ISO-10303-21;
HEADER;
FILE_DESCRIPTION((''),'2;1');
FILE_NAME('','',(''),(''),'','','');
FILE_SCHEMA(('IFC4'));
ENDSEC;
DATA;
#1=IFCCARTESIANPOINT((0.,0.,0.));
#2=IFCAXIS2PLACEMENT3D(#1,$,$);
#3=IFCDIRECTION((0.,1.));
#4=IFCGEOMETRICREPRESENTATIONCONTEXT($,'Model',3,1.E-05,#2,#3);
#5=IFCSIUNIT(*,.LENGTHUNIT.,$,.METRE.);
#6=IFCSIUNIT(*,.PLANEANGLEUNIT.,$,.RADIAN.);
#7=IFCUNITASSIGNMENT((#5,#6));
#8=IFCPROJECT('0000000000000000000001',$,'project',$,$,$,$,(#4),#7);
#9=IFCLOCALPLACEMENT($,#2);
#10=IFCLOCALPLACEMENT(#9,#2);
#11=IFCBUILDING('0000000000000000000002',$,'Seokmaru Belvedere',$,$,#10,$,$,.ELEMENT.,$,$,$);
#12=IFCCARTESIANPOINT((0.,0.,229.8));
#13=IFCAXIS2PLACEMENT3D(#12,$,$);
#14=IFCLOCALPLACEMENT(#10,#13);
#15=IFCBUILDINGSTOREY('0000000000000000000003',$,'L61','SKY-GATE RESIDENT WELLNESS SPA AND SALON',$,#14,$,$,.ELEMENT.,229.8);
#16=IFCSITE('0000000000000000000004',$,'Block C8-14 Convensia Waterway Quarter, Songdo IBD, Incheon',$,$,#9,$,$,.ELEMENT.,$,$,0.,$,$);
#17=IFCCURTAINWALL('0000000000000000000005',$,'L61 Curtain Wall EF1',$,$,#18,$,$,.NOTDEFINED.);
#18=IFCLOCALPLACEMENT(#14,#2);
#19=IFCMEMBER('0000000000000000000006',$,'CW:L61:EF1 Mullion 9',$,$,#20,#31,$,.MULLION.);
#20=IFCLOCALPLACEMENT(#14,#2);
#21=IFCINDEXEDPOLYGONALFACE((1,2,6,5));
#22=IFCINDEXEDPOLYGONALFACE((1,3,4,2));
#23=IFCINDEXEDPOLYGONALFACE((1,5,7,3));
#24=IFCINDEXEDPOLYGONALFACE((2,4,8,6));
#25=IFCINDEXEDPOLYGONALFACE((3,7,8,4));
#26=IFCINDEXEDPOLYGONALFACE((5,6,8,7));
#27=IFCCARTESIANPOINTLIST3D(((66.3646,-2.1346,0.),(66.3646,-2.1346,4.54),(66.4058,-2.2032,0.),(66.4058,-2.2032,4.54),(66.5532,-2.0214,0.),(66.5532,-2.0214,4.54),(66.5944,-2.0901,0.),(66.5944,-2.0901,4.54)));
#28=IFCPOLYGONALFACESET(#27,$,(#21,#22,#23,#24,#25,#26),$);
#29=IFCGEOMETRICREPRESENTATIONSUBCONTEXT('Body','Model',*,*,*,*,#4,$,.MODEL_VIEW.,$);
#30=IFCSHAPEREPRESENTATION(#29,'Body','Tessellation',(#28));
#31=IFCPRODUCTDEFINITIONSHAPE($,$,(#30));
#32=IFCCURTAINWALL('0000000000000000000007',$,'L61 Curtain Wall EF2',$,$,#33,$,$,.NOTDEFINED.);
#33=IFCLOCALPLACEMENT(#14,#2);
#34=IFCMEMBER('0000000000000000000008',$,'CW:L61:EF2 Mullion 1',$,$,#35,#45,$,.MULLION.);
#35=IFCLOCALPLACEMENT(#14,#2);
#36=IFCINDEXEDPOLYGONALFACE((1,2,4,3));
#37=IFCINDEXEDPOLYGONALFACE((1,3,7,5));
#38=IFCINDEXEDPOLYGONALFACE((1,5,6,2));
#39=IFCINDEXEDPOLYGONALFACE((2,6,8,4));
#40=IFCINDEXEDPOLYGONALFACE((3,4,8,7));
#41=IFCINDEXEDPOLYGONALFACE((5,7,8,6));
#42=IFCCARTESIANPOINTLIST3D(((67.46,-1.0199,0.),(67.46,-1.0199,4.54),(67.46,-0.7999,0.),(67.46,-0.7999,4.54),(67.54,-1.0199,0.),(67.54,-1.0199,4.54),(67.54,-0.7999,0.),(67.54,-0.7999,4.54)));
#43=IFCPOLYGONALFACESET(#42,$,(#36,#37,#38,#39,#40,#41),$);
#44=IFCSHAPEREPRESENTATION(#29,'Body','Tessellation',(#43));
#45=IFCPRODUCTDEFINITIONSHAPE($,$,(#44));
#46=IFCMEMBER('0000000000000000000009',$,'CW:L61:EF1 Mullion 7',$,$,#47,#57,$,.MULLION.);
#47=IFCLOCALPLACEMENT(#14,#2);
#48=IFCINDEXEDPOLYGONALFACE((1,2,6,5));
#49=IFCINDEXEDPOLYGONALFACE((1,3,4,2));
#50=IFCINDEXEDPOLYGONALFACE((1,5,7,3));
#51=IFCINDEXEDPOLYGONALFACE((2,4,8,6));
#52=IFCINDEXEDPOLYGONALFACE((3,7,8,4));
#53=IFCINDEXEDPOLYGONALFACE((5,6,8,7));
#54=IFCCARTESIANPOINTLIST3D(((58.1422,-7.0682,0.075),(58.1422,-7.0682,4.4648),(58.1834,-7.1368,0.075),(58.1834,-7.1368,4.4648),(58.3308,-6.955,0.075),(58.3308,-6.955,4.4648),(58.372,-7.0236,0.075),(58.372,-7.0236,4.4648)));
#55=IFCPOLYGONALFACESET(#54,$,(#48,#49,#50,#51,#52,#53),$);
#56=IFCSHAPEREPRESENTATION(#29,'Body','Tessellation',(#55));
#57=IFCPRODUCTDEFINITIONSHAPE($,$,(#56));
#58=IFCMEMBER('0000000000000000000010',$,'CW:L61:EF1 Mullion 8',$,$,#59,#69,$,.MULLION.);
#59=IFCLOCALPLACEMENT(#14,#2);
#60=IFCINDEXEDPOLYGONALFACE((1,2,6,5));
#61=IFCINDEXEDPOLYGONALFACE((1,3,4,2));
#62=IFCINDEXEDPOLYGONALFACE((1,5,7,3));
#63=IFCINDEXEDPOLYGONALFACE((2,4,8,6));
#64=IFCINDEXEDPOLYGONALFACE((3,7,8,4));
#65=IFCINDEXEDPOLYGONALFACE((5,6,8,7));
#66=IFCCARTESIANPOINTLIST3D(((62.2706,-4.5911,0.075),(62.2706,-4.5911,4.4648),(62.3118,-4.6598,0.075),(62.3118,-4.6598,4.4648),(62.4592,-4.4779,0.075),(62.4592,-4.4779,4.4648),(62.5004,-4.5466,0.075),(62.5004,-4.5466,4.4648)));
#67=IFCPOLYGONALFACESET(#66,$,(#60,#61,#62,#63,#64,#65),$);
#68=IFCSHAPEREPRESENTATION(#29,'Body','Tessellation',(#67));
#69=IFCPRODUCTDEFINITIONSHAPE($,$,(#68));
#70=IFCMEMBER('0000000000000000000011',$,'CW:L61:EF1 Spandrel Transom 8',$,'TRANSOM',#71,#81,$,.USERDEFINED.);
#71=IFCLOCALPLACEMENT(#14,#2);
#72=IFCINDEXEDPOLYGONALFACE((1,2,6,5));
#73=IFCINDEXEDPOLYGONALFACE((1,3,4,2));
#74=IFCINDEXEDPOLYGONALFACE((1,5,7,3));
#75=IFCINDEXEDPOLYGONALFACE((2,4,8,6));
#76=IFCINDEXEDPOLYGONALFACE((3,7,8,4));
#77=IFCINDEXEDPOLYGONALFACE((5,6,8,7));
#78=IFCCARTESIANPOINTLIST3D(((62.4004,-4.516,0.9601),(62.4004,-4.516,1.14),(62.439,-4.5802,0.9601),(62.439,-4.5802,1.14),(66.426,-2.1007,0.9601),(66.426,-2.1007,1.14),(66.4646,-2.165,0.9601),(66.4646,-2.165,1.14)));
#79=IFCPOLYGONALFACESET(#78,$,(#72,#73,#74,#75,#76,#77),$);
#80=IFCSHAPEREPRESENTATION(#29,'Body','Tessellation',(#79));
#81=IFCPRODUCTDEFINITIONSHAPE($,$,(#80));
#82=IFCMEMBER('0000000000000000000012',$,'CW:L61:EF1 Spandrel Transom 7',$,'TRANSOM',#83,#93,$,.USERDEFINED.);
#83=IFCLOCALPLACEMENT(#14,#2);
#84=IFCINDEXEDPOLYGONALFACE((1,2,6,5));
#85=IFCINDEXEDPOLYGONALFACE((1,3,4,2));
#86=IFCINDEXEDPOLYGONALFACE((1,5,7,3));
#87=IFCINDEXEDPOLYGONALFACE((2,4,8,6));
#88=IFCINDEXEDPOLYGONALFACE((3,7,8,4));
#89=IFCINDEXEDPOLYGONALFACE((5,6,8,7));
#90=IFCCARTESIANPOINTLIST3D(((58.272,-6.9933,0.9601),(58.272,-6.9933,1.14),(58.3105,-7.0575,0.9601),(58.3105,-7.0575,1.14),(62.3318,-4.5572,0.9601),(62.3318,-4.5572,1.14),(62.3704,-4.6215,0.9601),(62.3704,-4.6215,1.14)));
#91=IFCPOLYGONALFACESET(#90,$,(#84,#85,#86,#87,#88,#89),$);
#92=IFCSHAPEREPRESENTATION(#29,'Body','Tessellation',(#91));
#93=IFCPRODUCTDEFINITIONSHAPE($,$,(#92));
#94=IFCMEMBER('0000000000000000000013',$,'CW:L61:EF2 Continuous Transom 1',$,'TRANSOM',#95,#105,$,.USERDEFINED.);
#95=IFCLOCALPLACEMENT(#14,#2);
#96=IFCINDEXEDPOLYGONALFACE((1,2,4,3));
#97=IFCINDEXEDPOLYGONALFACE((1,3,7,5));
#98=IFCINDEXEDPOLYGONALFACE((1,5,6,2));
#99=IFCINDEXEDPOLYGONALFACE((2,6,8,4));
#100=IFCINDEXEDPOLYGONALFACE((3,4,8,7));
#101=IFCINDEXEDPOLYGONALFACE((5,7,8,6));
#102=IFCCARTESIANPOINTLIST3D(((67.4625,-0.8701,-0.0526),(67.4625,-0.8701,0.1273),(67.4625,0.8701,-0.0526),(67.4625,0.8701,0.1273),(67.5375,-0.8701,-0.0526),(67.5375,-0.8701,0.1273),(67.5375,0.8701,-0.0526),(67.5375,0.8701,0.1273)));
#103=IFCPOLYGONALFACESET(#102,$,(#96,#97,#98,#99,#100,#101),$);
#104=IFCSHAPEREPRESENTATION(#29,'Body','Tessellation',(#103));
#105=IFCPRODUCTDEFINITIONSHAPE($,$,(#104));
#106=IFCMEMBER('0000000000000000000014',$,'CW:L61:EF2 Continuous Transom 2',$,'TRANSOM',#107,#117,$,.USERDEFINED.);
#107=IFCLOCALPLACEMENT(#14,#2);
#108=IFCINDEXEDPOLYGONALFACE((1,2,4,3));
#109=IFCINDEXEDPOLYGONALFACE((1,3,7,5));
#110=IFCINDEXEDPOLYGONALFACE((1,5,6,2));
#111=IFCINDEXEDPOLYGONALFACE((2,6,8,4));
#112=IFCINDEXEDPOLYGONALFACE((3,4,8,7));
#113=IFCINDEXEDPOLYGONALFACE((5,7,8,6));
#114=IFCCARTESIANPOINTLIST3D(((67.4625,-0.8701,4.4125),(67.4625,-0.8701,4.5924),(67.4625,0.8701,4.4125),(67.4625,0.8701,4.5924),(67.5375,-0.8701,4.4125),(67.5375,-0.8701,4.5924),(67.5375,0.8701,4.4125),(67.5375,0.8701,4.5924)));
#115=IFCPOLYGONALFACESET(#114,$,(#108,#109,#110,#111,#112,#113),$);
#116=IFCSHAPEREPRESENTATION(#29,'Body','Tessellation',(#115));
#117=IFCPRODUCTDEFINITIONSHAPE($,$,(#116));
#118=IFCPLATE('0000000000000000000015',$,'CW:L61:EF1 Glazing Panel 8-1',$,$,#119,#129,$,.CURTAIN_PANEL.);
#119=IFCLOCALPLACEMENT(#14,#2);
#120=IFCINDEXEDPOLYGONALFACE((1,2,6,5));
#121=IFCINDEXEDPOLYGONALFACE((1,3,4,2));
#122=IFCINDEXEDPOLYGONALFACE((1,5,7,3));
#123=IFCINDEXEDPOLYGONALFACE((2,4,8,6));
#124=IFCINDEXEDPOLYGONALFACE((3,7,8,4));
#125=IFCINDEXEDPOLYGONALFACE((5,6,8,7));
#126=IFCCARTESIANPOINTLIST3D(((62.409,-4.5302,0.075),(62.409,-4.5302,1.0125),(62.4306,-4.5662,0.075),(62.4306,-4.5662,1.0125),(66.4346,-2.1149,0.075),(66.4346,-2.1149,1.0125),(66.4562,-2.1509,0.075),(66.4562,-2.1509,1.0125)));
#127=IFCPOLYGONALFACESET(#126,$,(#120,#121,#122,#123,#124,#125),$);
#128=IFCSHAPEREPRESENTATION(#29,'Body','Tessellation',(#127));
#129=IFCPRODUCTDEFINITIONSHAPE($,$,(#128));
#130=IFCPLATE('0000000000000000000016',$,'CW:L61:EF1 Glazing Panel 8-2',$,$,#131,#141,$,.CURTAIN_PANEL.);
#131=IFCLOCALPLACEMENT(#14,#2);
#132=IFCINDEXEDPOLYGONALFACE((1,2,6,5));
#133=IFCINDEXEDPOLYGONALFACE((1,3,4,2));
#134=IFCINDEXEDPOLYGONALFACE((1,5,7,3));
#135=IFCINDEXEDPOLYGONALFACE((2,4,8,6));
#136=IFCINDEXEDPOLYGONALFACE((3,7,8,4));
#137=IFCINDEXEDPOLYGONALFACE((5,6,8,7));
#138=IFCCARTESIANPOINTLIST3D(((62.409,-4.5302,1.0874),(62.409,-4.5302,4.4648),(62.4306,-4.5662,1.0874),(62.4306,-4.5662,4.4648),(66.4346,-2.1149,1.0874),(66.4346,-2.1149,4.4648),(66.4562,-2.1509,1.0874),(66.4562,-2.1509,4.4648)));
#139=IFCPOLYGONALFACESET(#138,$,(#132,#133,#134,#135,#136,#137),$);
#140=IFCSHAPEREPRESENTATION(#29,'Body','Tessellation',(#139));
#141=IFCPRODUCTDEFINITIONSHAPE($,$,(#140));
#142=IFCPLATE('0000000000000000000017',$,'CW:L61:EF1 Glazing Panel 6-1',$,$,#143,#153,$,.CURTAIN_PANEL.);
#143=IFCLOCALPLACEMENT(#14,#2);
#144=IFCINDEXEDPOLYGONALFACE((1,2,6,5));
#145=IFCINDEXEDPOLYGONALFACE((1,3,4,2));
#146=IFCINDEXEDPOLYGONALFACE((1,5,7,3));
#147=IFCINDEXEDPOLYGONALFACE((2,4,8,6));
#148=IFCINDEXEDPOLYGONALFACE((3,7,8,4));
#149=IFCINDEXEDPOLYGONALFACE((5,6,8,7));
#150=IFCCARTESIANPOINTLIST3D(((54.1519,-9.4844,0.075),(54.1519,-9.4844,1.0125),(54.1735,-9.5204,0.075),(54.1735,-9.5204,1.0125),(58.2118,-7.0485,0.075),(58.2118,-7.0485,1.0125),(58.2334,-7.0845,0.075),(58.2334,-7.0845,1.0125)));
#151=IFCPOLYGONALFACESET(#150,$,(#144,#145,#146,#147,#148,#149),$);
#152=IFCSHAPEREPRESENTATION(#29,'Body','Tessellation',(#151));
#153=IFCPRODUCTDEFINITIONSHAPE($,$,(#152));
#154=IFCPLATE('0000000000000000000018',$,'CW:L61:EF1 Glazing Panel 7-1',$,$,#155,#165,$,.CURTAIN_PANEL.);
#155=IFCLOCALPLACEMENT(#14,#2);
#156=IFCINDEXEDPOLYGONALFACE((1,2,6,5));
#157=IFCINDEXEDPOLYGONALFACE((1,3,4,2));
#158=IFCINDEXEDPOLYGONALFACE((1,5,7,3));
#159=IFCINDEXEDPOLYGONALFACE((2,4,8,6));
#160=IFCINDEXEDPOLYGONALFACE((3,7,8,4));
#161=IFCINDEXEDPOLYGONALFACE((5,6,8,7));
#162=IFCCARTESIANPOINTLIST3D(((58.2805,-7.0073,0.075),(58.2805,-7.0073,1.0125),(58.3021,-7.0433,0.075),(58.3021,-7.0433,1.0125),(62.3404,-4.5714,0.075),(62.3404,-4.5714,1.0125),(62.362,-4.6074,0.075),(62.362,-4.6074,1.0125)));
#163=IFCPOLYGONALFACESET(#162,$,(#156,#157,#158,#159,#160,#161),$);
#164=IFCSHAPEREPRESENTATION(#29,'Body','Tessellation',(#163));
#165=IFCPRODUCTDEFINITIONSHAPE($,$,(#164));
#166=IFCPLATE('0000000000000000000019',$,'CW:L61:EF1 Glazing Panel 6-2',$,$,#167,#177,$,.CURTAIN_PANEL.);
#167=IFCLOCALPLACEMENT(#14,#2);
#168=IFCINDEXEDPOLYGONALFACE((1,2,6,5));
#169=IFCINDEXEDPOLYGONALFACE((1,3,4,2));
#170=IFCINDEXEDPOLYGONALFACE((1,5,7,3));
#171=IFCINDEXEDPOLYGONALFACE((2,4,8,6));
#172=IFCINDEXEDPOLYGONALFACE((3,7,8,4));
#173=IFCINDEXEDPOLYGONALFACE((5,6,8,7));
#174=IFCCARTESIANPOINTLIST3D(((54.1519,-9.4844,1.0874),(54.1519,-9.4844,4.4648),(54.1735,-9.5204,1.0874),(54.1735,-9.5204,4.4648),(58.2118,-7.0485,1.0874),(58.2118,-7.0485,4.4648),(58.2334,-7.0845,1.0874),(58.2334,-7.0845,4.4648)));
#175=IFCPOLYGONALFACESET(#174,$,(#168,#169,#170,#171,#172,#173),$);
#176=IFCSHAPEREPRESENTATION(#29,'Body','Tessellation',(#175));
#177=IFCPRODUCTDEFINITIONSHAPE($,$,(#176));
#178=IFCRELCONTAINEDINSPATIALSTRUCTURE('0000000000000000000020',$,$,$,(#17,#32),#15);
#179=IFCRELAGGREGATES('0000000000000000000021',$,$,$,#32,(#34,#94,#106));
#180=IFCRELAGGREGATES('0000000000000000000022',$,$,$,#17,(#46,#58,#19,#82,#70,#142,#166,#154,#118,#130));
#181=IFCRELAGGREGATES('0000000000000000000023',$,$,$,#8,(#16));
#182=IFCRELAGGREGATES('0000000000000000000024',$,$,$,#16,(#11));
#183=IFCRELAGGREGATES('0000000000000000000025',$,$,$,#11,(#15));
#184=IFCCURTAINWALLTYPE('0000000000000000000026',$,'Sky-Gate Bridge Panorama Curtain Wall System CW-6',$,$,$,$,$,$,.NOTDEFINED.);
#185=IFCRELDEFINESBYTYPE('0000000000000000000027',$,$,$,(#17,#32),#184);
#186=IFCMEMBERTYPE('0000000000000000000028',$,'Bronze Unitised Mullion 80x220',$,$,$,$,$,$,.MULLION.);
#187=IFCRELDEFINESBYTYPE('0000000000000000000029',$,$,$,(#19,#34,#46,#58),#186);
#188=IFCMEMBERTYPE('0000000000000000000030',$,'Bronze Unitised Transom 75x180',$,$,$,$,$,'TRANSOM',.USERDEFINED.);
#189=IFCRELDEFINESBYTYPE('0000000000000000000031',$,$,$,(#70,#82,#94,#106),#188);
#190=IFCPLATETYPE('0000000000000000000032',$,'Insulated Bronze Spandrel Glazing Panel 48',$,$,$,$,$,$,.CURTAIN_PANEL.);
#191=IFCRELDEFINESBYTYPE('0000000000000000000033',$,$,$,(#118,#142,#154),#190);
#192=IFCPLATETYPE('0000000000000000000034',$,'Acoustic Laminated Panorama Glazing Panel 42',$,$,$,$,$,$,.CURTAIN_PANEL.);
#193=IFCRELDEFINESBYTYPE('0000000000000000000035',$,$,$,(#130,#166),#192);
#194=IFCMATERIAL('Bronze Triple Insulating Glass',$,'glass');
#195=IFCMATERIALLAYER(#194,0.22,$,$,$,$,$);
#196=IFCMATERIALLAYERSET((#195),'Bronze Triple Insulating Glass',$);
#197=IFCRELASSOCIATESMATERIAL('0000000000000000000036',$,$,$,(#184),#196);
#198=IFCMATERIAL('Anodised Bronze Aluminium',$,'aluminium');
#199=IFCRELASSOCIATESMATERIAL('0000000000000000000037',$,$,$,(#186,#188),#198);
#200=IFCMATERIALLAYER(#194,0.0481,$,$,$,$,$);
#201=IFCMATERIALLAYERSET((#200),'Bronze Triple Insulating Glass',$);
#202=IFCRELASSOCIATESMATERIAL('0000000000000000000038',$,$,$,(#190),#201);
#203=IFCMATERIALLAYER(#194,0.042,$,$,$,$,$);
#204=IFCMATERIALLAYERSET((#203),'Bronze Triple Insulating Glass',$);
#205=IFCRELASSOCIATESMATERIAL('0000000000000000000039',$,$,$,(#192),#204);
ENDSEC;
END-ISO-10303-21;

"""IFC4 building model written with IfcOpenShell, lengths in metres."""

from ifc_helpers import new_model, si_unit, direction, frame, origin, origin_2d, place, context, subcontext, project, spatial, rectangle, extrude, source, transform, mapped, material, layer, layer_set, material_profile, profile_set, type_object, type_shapes, element, aggregate, save


model = new_model("IFC4")

# Units and contexts
model_context = context("Model", 3, precision=1e-05, world=origin(), true_north=direction((0.0, 1.0)))
body_context = subcontext(model_context, "Body", "Model", "MODEL_VIEW")
ifc_project = project(units=[si_unit("LENGTHUNIT", "METRE"), si_unit("PLANEANGLEUNIT", "RADIAN")], contexts=[model_context])

# Site, building, storey
site_placement = place(None, origin())
site = spatial("IfcSite", under=ifc_project, at=site_placement, Name="Block C8-14 Convensia Waterway Quarter, Songdo IBD, Incheon", CompositionType="ELEMENT", RefElevation=0.0)
building_placement = place(site_placement, origin())
building = spatial("IfcBuilding", under=site, at=building_placement, Name="Seokmaru Belvedere", CompositionType="ELEMENT")
storey_placement = place(building_placement, frame((0.0, 0.0, 229.8)))
storey = spatial("IfcBuildingStorey", under=building, at=storey_placement, Name="L61", Description="SKY-GATE RESIDENT WELLNESS SPA AND SALON", CompositionType="ELEMENT", Elevation=229.8)

# Curtain walls, members
ifc_material_1 = material(Name="Bronze Triple Insulating Glass", Category="glass")
ifc_layer_1 = layer(ifc_material_1, 0.22)
ifc_layer_set_1 = layer_set([ifc_layer_1], Name="Bronze Triple Insulating Glass")
curtain_wall_type = type_object("IfcCurtainWallType", Name="Sky-Gate Bridge Panorama Curtain Wall System CW-6", PredefinedType="NOTDEFINED", material=ifc_layer_set_1)
curtain_wall_1_placement = place(storey_placement, origin())
curtain_wall_1 = element("IfcCurtainWall", 1, at=curtain_wall_1_placement, inside=storey, type_object=curtain_wall_type, Name="L61 Curtain Wall EF1", PredefinedType="NOTDEFINED")
ifc_material_2 = material(Name="Anodised Bronze Aluminium", Category="aluminium")
ifc_material_profile_1 = material_profile(ifc_material_2, rectangle(XDim=0.0801, YDim=0.22, at=origin_2d()), Name="CW-M-80x220")
ifc_profile_set_1 = profile_set([ifc_material_profile_1], Name="Anodised Bronze Aluminium")
member_type_1 = type_object("IfcMemberType", Name="Bronze Unitised Mullion 80x220", PredefinedType="MULLION", material=ifc_profile_set_1)
shared_shape_1 = source(origin(), body_context, "Body", "SweptSolid", [
    extrude(rectangle(XDim=0.0801, YDim=0.22, at=origin_2d()), origin(), (0.0, 0.0, 1.0), 4.54),
])
member_1_placement = place(storey_placement, frame((66.4795, -2.1123, 0.0), z_axis=(0.0, 0.0, 1.0), x_axis=(-0.514495, 0.857493, 0.0)))
member_1 = element("IfcMember", 2, at=member_1_placement, type_object=member_type_1, Name="CW:L61:EF1 Mullion 9", PredefinedType="MULLION", context=body_context, shape_type="MappedRepresentation", body=[
    mapped(shared_shape_1, transform((0.0, 0.0, 0.0), scale=1.0)),
])
curtain_wall_2_placement = place(storey_placement, origin())
curtain_wall_2 = element("IfcCurtainWall", 3, at=curtain_wall_2_placement, inside=storey, type_object=curtain_wall_type, Name="L61 Curtain Wall EF2", PredefinedType="NOTDEFINED")
member_2_placement = place(storey_placement, frame((67.5, -0.9099, 0.0), z_axis=(0.0, 0.0, 1.0), x_axis=(-1.0, 0.0, 0.0)))
member_2 = element("IfcMember", 4, at=member_2_placement, type_object=member_type_1, Name="CW:L61:EF2 Mullion 1", PredefinedType="MULLION", context=body_context, shape_type="MappedRepresentation", body=[
    mapped(shared_shape_1, transform((0.0, 0.0, 0.0), scale=1.0)),
])

# Members
shared_shape_2 = source(origin(), body_context, "Body", "SweptSolid", [
    extrude(rectangle(XDim=0.0801, YDim=0.22, at=origin_2d()), origin(), (0.0, 0.0, 1.0), 4.3899),
])
type_shapes(member_type_1, [shared_shape_1, shared_shape_2])
member_3_placement = place(storey_placement, frame((58.2571, -7.0459, 0.075), z_axis=(0.0, 0.0, 1.0), x_axis=(-0.514495, 0.857493, 0.0)))
member_3 = element("IfcMember", 5, at=member_3_placement, type_object=member_type_1, Name="CW:L61:EF1 Mullion 7", PredefinedType="MULLION", context=body_context, shape_type="MappedRepresentation", body=[
    mapped(shared_shape_2, transform((0.0, 0.0, 0.0), scale=1.0)),
])
member_4_placement = place(storey_placement, frame((62.3855, -4.5688, 0.075), z_axis=(0.0, 0.0, 1.0), x_axis=(-0.514495, 0.857493, 0.0)))
member_4 = element("IfcMember", 6, at=member_4_placement, type_object=member_type_1, Name="CW:L61:EF1 Mullion 8", PredefinedType="MULLION", context=body_context, shape_type="MappedRepresentation", body=[
    mapped(shared_shape_2, transform((0.0, 0.0, 0.0), scale=1.0)),
])
ifc_material_profile_2 = material_profile(ifc_material_2, rectangle(XDim=0.075, YDim=0.1799, at=origin_2d()), Name="CW-T-75x180")
ifc_profile_set_2 = profile_set([ifc_material_profile_2], Name="Anodised Bronze Aluminium")
member_type_2 = type_object("IfcMemberType", Name="Bronze Unitised Transom 75x180", ElementType="TRANSOM", PredefinedType="USERDEFINED", material=ifc_profile_set_2)
shared_shape_3 = source(origin(), body_context, "Body", "SweptSolid", [
    extrude(rectangle(XDim=0.075, YDim=0.1799, at=origin_2d()), origin(), (0.0, 0.0, 1.0), 4.6946),
])
member_5_placement = place(storey_placement, frame((62.4197, -4.5481, 1.05), z_axis=(0.857502, 0.51448, 0.0), x_axis=(-0.51448, 0.857502, 0.0)))
member_5 = element("IfcMember", 7, at=member_5_placement, type_object=member_type_2, Name="CW:L61:EF1 Spandrel Transom 8", ObjectType="TRANSOM", PredefinedType="USERDEFINED", context=body_context, shape_type="MappedRepresentation", body=[
    mapped(shared_shape_3, transform((0.0, 0.0, 0.0), scale=1.0)),
])
shared_shape_4 = source(origin(), body_context, "Body", "SweptSolid", [
    extrude(rectangle(XDim=0.075, YDim=0.1799, at=origin_2d()), origin(), (0.0, 0.0, 1.0), 4.7346),
])
member_6_placement = place(storey_placement, frame((58.2913, -7.0254, 1.05), z_axis=(0.857479, 0.514519, 0.0), x_axis=(-0.514519, 0.857479, 0.0)))
member_6 = element("IfcMember", 8, at=member_6_placement, type_object=member_type_2, Name="CW:L61:EF1 Spandrel Transom 7", ObjectType="TRANSOM", PredefinedType="USERDEFINED", context=body_context, shape_type="MappedRepresentation", body=[
    mapped(shared_shape_4, transform((0.0, 0.0, 0.0), scale=1.0)),
])
shared_shape_5 = source(origin(), body_context, "Body", "SweptSolid", [
    extrude(rectangle(XDim=0.075, YDim=0.1799, at=origin_2d()), origin(), (0.0, 0.0, 1.0), 1.7402),
])
type_shapes(member_type_2, [shared_shape_3, shared_shape_4, shared_shape_5])
member_7_placement = place(storey_placement, frame((67.5, -0.8701, 0.0374), z_axis=(0.0, 1.0, 0.0), x_axis=(-1.0, 0.0, 0.0)))
member_7 = element("IfcMember", 9, at=member_7_placement, type_object=member_type_2, Name="CW:L61:EF2 Continuous Transom 1", ObjectType="TRANSOM", PredefinedType="USERDEFINED", context=body_context, shape_type="MappedRepresentation", body=[
    mapped(shared_shape_5, transform((0.0, 0.0, 0.0), scale=1.0)),
])
member_8_placement = place(storey_placement, frame((67.5, -0.8701, 4.5024), z_axis=(0.0, 1.0, 0.0), x_axis=(-1.0, 0.0, 0.0)))
member_8 = element("IfcMember", 10, at=member_8_placement, type_object=member_type_2, Name="CW:L61:EF2 Continuous Transom 2", ObjectType="TRANSOM", PredefinedType="USERDEFINED", context=body_context, shape_type="MappedRepresentation", body=[
    mapped(shared_shape_5, transform((0.0, 0.0, 0.0), scale=1.0)),
])
aggregate(curtain_wall_2, [member_2, member_7, member_8])

# Plates
ifc_layer_2 = layer(ifc_material_1, 0.0481)
ifc_layer_set_2 = layer_set([ifc_layer_2], Name="Bronze Triple Insulating Glass")
plate_type_1 = type_object("IfcPlateType", Name="Insulated Bronze Spandrel Glazing Panel 48", PredefinedType="CURTAIN_PANEL", material=ifc_layer_set_2)
shared_shape_6 = source(origin(), body_context, "Body", "SweptSolid", [
    extrude(rectangle(XDim=4.6946, YDim=0.042, at=origin_2d()), origin(), (0.0, 0.0, 1.0), 0.9375),
])
plate_1_placement = place(storey_placement, frame((64.4326, -3.3406, 0.075), z_axis=(0.0, 0.0, 1.0), x_axis=(0.857493, 0.514495, 0.0)))
plate_1 = element("IfcPlate", 11, at=plate_1_placement, type_object=plate_type_1, Name="CW:L61:EF1 Glazing Panel 8-1", PredefinedType="CURTAIN_PANEL", context=body_context, shape_type="MappedRepresentation", body=[
    mapped(shared_shape_6, transform((0.0, 0.0, 0.0), scale=1.0)),
])
ifc_layer_3 = layer(ifc_material_1, 0.042)
ifc_layer_set_3 = layer_set([ifc_layer_3], Name="Bronze Triple Insulating Glass")
plate_type_2 = type_object("IfcPlateType", Name="Acoustic Laminated Panorama Glazing Panel 42", PredefinedType="CURTAIN_PANEL", material=ifc_layer_set_3)
shared_shape_7 = source(origin(), body_context, "Body", "SweptSolid", [
    extrude(rectangle(XDim=4.6946, YDim=0.042, at=origin_2d()), origin(), (0.0, 0.0, 1.0), 3.3774),
])
plate_2_placement = place(storey_placement, frame((64.4326, -3.3406, 1.0874), z_axis=(0.0, 0.0, 1.0), x_axis=(0.857493, 0.514495, 0.0)))
plate_2 = element("IfcPlate", 12, at=plate_2_placement, type_object=plate_type_2, Name="CW:L61:EF1 Glazing Panel 8-2", PredefinedType="CURTAIN_PANEL", context=body_context, shape_type="MappedRepresentation", body=[
    mapped(shared_shape_7, transform((0.0, 0.0, 0.0), scale=1.0)),
])
shared_shape_8 = source(origin(), body_context, "Body", "SweptSolid", [
    extrude(rectangle(XDim=4.7346, YDim=0.042, at=origin_2d()), origin(), (0.0, 0.0, 1.0), 0.9375),
])
type_shapes(plate_type_1, [shared_shape_6, shared_shape_8])
plate_3_placement = place(storey_placement, frame((56.1926, -8.2844, 0.075), z_axis=(0.0, 0.0, 1.0), x_axis=(0.857493, 0.514495, 0.0)))
plate_3 = element("IfcPlate", 13, at=plate_3_placement, type_object=plate_type_1, Name="CW:L61:EF1 Glazing Panel 6-1", PredefinedType="CURTAIN_PANEL", context=body_context, shape_type="MappedRepresentation", body=[
    mapped(shared_shape_8, transform((0.0, 0.0, 0.0), scale=1.0)),
])
plate_4_placement = place(storey_placement, frame((60.3213, -5.8074, 0.075), z_axis=(0.0, 0.0, 1.0), x_axis=(0.857493, 0.514495, 0.0)))
plate_4 = element("IfcPlate", 14, at=plate_4_placement, type_object=plate_type_1, Name="CW:L61:EF1 Glazing Panel 7-1", PredefinedType="CURTAIN_PANEL", context=body_context, shape_type="MappedRepresentation", body=[
    mapped(shared_shape_8, transform((0.0, 0.0, 0.0), scale=1.0)),
])
shared_shape_9 = source(origin(), body_context, "Body", "SweptSolid", [
    extrude(rectangle(XDim=4.7346, YDim=0.042, at=origin_2d()), origin(), (0.0, 0.0, 1.0), 3.3774),
])
type_shapes(plate_type_2, [shared_shape_7, shared_shape_9])
plate_5_placement = place(storey_placement, frame((56.1926, -8.2844, 1.0874), z_axis=(0.0, 0.0, 1.0), x_axis=(0.857493, 0.514495, 0.0)))
plate_5 = element("IfcPlate", 15, at=plate_5_placement, type_object=plate_type_2, Name="CW:L61:EF1 Glazing Panel 6-2", PredefinedType="CURTAIN_PANEL", context=body_context, shape_type="MappedRepresentation", body=[
    mapped(shared_shape_9, transform((0.0, 0.0, 0.0), scale=1.0)),
])
aggregate(curtain_wall_1, [member_3, member_4, member_1, member_6, member_5, plate_3, plate_5, plate_4, plate_1, plate_2])

save(model, "model.ifc")
